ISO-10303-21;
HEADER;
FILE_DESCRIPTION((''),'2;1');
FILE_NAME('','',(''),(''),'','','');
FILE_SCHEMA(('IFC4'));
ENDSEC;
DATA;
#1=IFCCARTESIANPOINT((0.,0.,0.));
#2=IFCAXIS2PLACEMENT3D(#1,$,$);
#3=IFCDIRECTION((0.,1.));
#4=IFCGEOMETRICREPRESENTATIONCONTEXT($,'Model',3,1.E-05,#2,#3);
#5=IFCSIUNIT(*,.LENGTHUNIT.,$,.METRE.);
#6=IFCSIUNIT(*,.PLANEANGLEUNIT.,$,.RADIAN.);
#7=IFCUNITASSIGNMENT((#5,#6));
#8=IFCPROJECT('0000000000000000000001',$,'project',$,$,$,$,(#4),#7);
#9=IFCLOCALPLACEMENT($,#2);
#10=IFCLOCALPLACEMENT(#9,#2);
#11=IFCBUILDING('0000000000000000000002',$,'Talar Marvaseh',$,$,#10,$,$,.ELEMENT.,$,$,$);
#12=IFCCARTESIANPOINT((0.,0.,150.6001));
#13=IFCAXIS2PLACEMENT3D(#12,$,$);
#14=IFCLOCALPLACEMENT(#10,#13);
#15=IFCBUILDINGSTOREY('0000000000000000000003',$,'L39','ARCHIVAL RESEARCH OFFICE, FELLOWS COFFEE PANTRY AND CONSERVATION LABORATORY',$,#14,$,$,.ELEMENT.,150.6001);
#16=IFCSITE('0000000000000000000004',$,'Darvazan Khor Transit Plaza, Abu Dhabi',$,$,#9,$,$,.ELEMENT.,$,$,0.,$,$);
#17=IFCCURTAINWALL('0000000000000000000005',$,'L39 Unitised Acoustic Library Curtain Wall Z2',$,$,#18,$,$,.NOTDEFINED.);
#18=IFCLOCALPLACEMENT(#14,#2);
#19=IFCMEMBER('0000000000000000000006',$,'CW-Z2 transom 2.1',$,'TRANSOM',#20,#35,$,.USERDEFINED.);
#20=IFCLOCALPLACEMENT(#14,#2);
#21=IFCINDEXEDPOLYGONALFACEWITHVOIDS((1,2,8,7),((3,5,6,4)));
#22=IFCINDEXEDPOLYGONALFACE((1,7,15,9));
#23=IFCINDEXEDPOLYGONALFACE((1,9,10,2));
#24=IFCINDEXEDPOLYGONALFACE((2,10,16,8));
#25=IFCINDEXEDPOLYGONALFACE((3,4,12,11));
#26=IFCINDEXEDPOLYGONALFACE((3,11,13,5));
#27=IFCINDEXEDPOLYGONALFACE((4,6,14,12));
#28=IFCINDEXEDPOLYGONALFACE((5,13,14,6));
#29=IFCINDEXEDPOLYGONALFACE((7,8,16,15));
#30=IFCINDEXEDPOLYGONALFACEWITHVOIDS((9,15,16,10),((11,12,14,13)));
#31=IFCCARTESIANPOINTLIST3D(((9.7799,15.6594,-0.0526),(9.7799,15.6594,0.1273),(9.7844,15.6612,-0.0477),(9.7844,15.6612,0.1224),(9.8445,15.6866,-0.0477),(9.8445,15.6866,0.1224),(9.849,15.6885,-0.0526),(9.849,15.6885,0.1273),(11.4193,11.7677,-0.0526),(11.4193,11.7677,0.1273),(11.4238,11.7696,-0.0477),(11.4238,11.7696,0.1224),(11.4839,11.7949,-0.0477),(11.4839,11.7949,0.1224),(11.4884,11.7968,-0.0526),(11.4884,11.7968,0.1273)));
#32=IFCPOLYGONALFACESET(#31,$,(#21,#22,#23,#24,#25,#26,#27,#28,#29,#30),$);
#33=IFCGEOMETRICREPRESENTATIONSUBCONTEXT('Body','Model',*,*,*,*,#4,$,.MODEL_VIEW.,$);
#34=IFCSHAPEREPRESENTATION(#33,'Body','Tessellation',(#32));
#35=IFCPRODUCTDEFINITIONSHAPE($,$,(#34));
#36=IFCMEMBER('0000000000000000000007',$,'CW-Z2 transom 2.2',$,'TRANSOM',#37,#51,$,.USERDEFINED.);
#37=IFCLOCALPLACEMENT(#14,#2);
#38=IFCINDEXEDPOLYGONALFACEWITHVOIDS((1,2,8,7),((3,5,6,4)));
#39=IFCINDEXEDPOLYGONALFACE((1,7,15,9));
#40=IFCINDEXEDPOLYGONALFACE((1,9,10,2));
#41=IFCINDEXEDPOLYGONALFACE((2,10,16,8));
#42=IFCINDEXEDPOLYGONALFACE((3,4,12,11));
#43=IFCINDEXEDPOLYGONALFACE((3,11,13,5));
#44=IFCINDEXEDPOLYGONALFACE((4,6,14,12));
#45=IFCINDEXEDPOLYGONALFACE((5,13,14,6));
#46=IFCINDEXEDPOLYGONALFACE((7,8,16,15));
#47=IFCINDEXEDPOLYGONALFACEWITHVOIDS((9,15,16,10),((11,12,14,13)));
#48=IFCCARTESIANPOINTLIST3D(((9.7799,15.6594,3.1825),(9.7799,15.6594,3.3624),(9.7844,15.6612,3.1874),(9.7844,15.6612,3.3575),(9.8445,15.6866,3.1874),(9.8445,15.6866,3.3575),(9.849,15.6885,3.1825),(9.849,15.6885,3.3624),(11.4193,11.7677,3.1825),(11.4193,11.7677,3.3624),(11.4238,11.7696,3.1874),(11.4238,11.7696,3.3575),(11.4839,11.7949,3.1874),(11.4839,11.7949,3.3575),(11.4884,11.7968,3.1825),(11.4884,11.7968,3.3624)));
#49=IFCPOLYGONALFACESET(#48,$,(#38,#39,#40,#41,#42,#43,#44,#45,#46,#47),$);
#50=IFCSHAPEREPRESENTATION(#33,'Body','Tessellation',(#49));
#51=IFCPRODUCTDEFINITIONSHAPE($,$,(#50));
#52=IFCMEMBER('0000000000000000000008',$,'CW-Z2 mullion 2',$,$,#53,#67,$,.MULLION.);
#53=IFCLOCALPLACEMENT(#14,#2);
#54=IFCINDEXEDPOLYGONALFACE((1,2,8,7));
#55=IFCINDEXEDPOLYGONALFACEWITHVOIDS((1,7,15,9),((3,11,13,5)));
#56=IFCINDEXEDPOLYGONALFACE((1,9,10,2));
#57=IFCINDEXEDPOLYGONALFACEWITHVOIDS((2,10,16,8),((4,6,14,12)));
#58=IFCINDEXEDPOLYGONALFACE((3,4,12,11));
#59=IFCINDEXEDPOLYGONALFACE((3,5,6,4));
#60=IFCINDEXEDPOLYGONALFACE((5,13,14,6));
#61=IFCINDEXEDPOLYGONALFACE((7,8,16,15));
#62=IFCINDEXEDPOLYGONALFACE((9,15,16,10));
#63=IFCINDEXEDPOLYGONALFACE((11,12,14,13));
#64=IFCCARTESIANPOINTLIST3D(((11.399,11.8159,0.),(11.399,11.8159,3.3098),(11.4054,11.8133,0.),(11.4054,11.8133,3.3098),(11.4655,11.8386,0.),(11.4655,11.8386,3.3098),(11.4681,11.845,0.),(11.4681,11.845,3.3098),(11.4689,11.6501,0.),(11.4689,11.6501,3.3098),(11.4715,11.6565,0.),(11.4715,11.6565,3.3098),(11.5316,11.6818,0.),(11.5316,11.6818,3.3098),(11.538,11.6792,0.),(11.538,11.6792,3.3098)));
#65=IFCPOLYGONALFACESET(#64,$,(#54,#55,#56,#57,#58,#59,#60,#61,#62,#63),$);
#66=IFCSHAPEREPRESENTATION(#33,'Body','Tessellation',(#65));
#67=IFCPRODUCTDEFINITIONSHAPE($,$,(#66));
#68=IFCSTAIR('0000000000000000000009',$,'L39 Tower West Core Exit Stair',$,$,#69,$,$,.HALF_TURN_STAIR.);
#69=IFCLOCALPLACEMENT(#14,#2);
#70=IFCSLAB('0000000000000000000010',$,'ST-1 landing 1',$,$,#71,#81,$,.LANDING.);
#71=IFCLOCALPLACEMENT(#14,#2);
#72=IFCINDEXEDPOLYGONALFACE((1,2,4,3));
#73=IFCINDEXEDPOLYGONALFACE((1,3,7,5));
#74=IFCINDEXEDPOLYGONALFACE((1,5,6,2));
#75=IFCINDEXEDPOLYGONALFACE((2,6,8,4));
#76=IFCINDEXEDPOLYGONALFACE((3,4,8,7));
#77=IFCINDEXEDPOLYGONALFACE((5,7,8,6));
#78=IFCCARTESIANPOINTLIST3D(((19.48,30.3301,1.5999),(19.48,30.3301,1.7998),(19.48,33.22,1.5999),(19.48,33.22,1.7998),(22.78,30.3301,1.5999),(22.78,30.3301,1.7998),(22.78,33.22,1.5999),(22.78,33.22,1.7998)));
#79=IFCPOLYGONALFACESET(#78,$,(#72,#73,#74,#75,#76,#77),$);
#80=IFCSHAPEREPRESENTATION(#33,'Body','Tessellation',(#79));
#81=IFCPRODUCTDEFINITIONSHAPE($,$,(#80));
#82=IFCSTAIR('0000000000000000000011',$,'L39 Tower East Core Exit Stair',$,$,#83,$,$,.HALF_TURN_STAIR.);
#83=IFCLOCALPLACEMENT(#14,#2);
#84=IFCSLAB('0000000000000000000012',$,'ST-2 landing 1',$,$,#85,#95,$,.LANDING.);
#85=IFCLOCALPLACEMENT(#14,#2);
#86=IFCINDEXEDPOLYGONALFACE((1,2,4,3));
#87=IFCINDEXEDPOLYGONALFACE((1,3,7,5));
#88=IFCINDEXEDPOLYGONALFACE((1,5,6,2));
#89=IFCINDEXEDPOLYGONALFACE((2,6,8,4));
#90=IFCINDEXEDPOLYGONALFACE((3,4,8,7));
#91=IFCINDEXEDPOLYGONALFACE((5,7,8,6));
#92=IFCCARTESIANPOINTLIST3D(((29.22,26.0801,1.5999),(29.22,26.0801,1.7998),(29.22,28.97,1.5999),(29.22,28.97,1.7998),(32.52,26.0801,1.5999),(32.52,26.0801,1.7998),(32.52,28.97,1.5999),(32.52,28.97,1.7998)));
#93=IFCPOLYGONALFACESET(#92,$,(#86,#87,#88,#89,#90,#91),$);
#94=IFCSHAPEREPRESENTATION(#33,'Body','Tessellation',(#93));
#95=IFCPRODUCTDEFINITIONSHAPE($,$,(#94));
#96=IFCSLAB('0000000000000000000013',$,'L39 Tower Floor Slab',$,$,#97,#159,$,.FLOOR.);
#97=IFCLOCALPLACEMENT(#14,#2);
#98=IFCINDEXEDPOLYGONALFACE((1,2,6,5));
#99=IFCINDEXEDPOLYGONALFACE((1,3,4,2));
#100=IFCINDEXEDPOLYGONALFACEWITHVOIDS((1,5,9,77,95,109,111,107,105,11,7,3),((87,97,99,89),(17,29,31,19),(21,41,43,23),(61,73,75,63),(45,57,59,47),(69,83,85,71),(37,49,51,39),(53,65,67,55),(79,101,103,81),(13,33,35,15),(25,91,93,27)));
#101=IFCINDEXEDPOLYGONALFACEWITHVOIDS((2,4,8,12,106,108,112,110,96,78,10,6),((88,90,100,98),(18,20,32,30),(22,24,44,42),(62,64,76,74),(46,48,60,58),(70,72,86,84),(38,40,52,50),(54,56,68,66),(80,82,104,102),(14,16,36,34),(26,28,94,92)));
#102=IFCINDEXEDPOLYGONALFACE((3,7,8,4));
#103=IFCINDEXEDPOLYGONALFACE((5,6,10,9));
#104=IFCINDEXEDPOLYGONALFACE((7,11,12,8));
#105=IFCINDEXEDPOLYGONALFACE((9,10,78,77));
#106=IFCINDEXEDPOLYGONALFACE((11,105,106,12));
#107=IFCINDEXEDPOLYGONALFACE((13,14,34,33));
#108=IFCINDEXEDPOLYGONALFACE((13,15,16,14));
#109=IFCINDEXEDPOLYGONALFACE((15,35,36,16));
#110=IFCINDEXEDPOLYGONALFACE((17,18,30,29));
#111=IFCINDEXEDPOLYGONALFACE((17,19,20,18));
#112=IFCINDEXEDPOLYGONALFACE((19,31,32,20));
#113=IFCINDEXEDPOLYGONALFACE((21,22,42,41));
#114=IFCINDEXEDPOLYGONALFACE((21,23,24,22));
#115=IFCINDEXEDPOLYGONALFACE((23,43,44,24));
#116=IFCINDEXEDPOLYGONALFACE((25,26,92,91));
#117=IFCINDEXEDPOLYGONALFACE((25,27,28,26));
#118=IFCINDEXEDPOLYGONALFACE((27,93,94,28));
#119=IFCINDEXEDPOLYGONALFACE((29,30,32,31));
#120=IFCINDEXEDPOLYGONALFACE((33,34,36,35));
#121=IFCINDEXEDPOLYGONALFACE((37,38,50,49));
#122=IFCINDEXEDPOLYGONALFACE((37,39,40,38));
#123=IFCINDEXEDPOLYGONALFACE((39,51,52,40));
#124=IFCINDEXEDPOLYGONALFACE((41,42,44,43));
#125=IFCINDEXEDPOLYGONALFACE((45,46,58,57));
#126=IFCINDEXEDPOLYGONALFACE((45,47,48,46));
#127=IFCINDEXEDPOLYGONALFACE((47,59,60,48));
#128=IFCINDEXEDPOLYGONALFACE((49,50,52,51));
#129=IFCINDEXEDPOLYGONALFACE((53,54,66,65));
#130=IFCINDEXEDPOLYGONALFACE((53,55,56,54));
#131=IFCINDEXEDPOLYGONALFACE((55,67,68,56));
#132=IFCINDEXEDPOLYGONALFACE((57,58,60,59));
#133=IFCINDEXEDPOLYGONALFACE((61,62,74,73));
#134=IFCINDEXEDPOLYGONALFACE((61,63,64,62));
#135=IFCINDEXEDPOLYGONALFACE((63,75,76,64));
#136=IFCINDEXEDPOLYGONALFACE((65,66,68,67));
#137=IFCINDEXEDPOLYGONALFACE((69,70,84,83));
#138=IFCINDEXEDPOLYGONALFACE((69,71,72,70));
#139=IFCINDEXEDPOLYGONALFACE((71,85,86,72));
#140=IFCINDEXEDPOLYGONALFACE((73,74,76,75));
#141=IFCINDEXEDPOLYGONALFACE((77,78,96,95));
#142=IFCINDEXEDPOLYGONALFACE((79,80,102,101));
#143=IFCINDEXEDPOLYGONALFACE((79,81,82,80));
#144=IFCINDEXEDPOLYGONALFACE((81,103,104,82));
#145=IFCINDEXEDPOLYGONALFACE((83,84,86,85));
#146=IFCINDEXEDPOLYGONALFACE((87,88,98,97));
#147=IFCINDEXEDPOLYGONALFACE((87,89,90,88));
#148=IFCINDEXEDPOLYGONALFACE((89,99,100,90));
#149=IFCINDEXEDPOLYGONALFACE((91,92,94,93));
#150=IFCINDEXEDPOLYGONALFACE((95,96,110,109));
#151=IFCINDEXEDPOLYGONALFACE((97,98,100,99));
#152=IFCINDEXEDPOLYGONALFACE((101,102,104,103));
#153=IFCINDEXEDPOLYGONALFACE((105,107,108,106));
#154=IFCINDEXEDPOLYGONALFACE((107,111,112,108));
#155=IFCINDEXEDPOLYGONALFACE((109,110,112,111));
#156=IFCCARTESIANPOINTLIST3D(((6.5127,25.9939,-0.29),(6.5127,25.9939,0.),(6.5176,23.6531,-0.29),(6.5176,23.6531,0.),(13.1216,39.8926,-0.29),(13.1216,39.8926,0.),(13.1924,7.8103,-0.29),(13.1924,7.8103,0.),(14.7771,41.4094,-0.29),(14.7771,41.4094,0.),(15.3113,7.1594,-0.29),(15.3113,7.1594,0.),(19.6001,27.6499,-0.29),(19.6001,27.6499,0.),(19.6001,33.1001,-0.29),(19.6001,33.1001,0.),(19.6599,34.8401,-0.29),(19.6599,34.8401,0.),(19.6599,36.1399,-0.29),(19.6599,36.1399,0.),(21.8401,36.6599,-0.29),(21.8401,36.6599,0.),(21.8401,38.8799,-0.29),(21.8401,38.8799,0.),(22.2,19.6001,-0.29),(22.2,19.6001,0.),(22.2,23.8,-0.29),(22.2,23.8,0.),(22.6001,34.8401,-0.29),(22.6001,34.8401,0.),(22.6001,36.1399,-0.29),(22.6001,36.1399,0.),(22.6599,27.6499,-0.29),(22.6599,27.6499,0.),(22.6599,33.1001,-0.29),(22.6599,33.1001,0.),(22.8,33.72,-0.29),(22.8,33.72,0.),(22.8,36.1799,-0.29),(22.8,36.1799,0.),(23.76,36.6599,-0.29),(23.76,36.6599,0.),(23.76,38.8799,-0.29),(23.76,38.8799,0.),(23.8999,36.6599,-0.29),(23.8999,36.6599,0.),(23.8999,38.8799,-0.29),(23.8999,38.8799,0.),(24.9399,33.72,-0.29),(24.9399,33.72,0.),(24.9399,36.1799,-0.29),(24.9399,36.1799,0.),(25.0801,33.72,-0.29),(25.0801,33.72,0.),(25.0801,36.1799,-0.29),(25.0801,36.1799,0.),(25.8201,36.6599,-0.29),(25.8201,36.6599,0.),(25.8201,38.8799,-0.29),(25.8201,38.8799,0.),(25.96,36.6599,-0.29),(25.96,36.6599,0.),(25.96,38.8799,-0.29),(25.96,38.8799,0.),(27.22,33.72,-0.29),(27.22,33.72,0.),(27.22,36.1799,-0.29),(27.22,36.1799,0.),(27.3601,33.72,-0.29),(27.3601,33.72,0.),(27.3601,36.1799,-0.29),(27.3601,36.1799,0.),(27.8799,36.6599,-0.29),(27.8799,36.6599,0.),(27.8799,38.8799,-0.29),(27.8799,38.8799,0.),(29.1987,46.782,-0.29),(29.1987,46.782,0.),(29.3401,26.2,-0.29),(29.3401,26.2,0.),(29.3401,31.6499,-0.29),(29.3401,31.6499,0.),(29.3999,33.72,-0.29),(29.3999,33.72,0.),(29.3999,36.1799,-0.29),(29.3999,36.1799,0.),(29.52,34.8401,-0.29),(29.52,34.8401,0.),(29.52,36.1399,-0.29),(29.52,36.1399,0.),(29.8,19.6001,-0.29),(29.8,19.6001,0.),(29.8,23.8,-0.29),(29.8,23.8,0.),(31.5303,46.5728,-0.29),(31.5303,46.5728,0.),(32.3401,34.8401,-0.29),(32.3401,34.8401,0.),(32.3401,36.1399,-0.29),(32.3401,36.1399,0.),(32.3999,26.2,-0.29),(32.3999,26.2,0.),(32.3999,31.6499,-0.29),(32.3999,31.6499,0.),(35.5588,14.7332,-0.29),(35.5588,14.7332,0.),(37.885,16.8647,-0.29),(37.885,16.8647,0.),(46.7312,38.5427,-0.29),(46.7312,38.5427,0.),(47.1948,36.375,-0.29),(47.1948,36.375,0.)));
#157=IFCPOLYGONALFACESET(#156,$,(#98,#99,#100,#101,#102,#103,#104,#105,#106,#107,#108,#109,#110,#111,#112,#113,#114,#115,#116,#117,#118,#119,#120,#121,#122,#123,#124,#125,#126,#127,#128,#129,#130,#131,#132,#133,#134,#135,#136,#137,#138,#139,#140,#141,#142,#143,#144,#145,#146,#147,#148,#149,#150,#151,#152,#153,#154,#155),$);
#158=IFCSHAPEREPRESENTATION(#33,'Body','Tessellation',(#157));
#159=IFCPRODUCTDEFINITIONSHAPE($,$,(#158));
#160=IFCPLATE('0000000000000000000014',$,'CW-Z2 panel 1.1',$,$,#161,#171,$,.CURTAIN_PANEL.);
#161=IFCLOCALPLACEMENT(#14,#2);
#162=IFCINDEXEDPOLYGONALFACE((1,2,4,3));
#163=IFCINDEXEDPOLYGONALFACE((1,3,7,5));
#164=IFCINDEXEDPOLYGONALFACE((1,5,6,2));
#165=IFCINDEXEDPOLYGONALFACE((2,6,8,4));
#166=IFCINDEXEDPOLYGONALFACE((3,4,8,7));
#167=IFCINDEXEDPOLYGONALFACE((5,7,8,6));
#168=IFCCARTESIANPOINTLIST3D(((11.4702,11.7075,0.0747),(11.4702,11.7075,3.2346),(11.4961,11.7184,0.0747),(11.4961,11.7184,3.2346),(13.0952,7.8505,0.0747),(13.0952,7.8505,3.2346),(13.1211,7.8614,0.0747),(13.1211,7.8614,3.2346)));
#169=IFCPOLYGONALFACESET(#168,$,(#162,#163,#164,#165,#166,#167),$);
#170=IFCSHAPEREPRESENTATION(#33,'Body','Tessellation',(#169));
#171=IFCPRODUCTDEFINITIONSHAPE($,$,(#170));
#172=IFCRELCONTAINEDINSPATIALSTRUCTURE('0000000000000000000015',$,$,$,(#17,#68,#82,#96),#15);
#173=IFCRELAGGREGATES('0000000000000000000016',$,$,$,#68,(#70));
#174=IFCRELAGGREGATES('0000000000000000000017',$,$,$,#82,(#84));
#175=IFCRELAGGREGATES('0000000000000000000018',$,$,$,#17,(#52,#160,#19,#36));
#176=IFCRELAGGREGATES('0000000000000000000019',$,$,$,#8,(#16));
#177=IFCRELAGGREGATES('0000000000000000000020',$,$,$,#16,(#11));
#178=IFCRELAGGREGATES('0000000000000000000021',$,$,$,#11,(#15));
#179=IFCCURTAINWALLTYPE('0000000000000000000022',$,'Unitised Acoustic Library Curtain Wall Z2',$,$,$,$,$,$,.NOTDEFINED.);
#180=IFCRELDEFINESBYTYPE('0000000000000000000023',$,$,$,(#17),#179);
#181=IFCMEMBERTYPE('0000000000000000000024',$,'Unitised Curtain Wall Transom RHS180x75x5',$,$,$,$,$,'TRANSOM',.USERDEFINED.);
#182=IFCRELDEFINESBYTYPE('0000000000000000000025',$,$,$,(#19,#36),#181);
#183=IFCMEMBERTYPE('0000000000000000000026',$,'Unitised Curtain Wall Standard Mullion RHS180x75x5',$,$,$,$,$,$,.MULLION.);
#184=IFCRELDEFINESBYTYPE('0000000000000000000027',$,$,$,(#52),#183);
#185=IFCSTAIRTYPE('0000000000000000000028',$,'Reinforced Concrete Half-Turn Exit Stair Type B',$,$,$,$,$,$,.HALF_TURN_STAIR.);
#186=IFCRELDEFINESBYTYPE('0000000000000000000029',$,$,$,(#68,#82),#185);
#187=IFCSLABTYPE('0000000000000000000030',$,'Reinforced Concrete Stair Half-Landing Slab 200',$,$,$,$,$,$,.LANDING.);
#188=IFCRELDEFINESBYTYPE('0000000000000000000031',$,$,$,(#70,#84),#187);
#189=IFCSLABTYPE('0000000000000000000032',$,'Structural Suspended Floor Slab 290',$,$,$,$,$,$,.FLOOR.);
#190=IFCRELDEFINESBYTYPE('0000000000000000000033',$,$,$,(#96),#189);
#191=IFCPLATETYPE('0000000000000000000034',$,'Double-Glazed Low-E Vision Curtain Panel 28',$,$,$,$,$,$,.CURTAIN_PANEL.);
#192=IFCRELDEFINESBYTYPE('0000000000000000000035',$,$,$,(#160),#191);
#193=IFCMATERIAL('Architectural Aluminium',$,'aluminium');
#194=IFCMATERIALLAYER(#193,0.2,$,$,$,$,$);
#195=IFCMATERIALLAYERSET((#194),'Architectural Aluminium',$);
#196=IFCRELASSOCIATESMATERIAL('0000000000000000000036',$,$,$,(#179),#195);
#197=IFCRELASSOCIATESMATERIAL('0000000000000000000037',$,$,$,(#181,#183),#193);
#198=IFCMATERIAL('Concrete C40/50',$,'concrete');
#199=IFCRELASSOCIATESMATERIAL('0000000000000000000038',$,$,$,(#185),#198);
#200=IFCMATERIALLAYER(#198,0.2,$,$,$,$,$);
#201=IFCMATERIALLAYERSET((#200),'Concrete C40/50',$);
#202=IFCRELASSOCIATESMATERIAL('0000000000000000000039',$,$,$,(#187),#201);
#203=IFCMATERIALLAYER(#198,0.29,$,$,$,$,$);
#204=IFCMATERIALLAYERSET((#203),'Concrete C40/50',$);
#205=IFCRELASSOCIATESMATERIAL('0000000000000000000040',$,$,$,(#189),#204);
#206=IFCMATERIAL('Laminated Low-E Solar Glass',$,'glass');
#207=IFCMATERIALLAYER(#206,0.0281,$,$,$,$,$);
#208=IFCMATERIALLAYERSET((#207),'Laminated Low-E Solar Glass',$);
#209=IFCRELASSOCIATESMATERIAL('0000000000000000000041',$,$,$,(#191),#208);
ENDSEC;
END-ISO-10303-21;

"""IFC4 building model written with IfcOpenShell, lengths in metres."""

from ifc_helpers import new_model, si_unit, direction, frame, origin, origin_2d, place, context, subcontext, project, spatial, polyline, rectangle, hollow_rectangle, outline, extrude, source, transform, mapped, material, layer, layer_set, material_profile, profile_set, type_object, type_shapes, element, aggregate, save


model = new_model("IFC4")

# Units and contexts
model_context = context("Model", 3, precision=1e-05, world=origin(), true_north=direction((0.0, 1.0)))
body_context = subcontext(model_context, "Body", "Model", "MODEL_VIEW")
ifc_project = project(units=[si_unit("LENGTHUNIT", "METRE"), si_unit("PLANEANGLEUNIT", "RADIAN")], contexts=[model_context])

# Site, building, storey
site_placement = place(None, origin())
site = spatial("IfcSite", under=ifc_project, at=site_placement, Name="Darvazan Khor Transit Plaza, Abu Dhabi", CompositionType="ELEMENT", RefElevation=0.0)
building_placement = place(site_placement, origin())
building = spatial("IfcBuilding", under=site, at=building_placement, Name="Talar Marvaseh", CompositionType="ELEMENT")
storey_placement = place(building_placement, frame((0.0, 0.0, 150.6001)))
storey = spatial("IfcBuildingStorey", under=building, at=storey_placement, Name="L39", Description="ARCHIVAL RESEARCH OFFICE, FELLOWS COFFEE PANTRY AND CONSERVATION LABORATORY", CompositionType="ELEMENT", Elevation=150.6001)

# Curtain wall, members
ifc_material_1 = material(Name="Architectural Aluminium", Category="aluminium")
ifc_layer_1 = layer(ifc_material_1, 0.2)
ifc_layer_set_1 = layer_set([ifc_layer_1], Name="Architectural Aluminium")
curtain_wall_type = type_object("IfcCurtainWallType", Name="Unitised Acoustic Library Curtain Wall Z2", PredefinedType="NOTDEFINED", material=ifc_layer_set_1)
curtain_wall_placement = place(storey_placement, origin())
curtain_wall = element("IfcCurtainWall", 1, at=curtain_wall_placement, inside=storey, type_object=curtain_wall_type, Name="L39 Unitised Acoustic Library Curtain Wall Z2", PredefinedType="NOTDEFINED")
ifc_material_profile_1 = material_profile(ifc_material_1, hollow_rectangle(XDim=0.075, YDim=0.1799, WallThickness=0.0049, at=origin_2d()), Name="RHS180x75x5")
ifc_profile_set_1 = profile_set([ifc_material_profile_1], Name="Architectural Aluminium")
member_type_1 = type_object("IfcMemberType", Name="Unitised Curtain Wall Transom RHS180x75x5", ElementType="TRANSOM", PredefinedType="USERDEFINED", material=ifc_profile_set_1)
shared_shape_1 = source(origin(), body_context, "Body", "SweptSolid", [
    extrude(hollow_rectangle(XDim=0.075, YDim=0.1799, WallThickness=0.0049, at=origin_2d()), origin(), (0.0, 0.0, 1.0), 4.2229),
])
type_shapes(member_type_1, [shared_shape_1])
member_1_placement = place(storey_placement, frame((11.4539, 11.7822, 0.0374), z_axis=(-0.388225, 0.921565, 0.0), x_axis=(-0.921565, -0.388225, 0.0)))
member_1 = element("IfcMember", 2, at=member_1_placement, type_object=member_type_1, Name="CW-Z2 transom 2.1", ObjectType="TRANSOM", PredefinedType="USERDEFINED", context=body_context, shape_type="MappedRepresentation", body=[
    mapped(shared_shape_1, transform((0.0, 0.0, 0.0), x_axis=(1.0, 0.0, 0.0), y_axis=(0.0, 1.0, 0.0), z_axis=(0.0, 0.0, 1.0), scale=1.0)),
])
member_2_placement = place(storey_placement, frame((11.4539, 11.7822, 3.2725), z_axis=(-0.388225, 0.921565, 0.0), x_axis=(-0.921565, -0.388225, 0.0)))
member_2 = element("IfcMember", 3, at=member_2_placement, type_object=member_type_1, Name="CW-Z2 transom 2.2", ObjectType="TRANSOM", PredefinedType="USERDEFINED", context=body_context, shape_type="MappedRepresentation", body=[
    mapped(shared_shape_1, transform((0.0, 0.0, 0.0), x_axis=(1.0, 0.0, 0.0), y_axis=(0.0, 1.0, 0.0), z_axis=(0.0, 0.0, 1.0), scale=1.0)),
])
ifc_material_profile_2 = material_profile(ifc_material_1, hollow_rectangle(XDim=0.075, YDim=0.1799, WallThickness=0.0049, at=origin_2d()), Name="RHS180x75x5")
ifc_profile_set_2 = profile_set([ifc_material_profile_2], Name="Architectural Aluminium")
member_type_2 = type_object("IfcMemberType", Name="Unitised Curtain Wall Standard Mullion RHS180x75x5", PredefinedType="MULLION", material=ifc_profile_set_2)
shared_shape_2 = source(origin(), body_context, "Body", "SweptSolid", [
    extrude(hollow_rectangle(XDim=0.075, YDim=0.1799, WallThickness=0.0049, at=origin_2d()), origin(), (0.0, 0.0, 1.0), 3.3098),
])
type_shapes(member_type_2, [shared_shape_2])
member_3_placement = place(storey_placement, frame((11.4685, 11.7476, 0.0), z_axis=(0.0, 0.0, 1.0), x_axis=(-0.92155, -0.38826, 0.0)))
member_3 = element("IfcMember", 4, at=member_3_placement, type_object=member_type_2, Name="CW-Z2 mullion 2", PredefinedType="MULLION", context=body_context, shape_type="MappedRepresentation", body=[
    mapped(shared_shape_2, transform((0.0, 0.0, 0.0), x_axis=(1.0, 0.0, 0.0), y_axis=(0.0, 1.0, 0.0), z_axis=(0.0, 0.0, 1.0), scale=1.0)),
])

# Stairs, slabs
ifc_material_2 = material(Name="Concrete C40/50", Category="concrete")
stair_type = type_object("IfcStairType", Name="Reinforced Concrete Half-Turn Exit Stair Type B", PredefinedType="HALF_TURN_STAIR", material=ifc_material_2)
stair_1_placement = place(storey_placement, origin())
stair_1 = element("IfcStair", 5, at=stair_1_placement, inside=storey, type_object=stair_type, Name="L39 Tower West Core Exit Stair", PredefinedType="HALF_TURN_STAIR")
ifc_layer_2 = layer(ifc_material_2, 0.2)
ifc_layer_set_2 = layer_set([ifc_layer_2], Name="Concrete C40/50")
slab_type_1 = type_object("IfcSlabType", Name="Reinforced Concrete Stair Half-Landing Slab 200", PredefinedType="LANDING", material=ifc_layer_set_2)
slab_1_placement = place(storey_placement, frame((0.0, 0.0, 1.5999)))
slab_1 = element("IfcSlab", 6, at=slab_1_placement, type_object=slab_type_1, Name="ST-1 landing 1", PredefinedType="LANDING", context=body_context, shape_type="SweptSolid", body=[
    extrude(outline(polyline([(22.78, 30.3301), (22.78, 33.22), (19.48, 33.22), (19.48, 30.3301), (22.78, 30.3301)])), origin(), (0.0, 0.0, 1.0), 0.2),
])
aggregate(stair_1, [slab_1])
stair_2_placement = place(storey_placement, origin())
stair_2 = element("IfcStair", 7, at=stair_2_placement, inside=storey, type_object=stair_type, Name="L39 Tower East Core Exit Stair", PredefinedType="HALF_TURN_STAIR")
slab_2_placement = place(storey_placement, frame((0.0, 0.0, 1.5999)))
slab_2 = element("IfcSlab", 8, at=slab_2_placement, type_object=slab_type_1, Name="ST-2 landing 1", PredefinedType="LANDING", context=body_context, shape_type="SweptSolid", body=[
    extrude(outline(polyline([(29.22, 28.97), (29.22, 26.0801), (32.52, 26.0801), (32.52, 28.97), (29.22, 28.97)])), origin(), (0.0, 0.0, 1.0), 0.2),
])
aggregate(stair_2, [slab_2])

# Slab
ifc_layer_3 = layer(ifc_material_2, 0.29)
ifc_layer_set_3 = layer_set([ifc_layer_3], Name="Concrete C40/50")
slab_type_2 = type_object("IfcSlabType", Name="Structural Suspended Floor Slab 290", PredefinedType="FLOOR", material=ifc_layer_set_3)
slab_3_placement = place(storey_placement, frame((0.0, 0.0, -0.29)))
element("IfcSlab", 9, at=slab_3_placement, inside=storey, type_object=slab_type_2, Name="L39 Tower Floor Slab", PredefinedType="FLOOR", context=body_context, shape_type="SweptSolid", body=[
    extrude(outline(polyline([(15.3113, 7.1594), (13.1924, 7.8103), (6.5176, 23.6531), (6.5127, 25.9939), (13.1216, 39.8926), (14.7771, 41.4094), (29.1987, 46.782), (31.5303, 46.5728), (46.7312, 38.5427), (47.1948, 36.375), (37.885, 16.8647), (35.5588, 14.7332), (15.3113, 7.1594)]), holes=[polyline([(22.6599, 27.6499), (22.6599, 33.1001), (19.6001, 33.1001), (19.6001, 27.6499), (22.6599, 27.6499)]), polyline([(29.3401, 31.6499), (29.3401, 26.2), (32.3999, 26.2), (32.3999, 31.6499), (29.3401, 31.6499)]), polyline([(22.8, 33.72), (24.9399, 33.72), (24.9399, 36.1799), (22.8, 36.1799), (22.8, 33.72)]), polyline([(25.0801, 33.72), (27.22, 33.72), (27.22, 36.1799), (25.0801, 36.1799), (25.0801, 33.72)]), polyline([(27.3601, 33.72), (29.3999, 33.72), (29.3999, 36.1799), (27.3601, 36.1799), (27.3601, 33.72)]), polyline([(21.8401, 36.6599), (23.76, 36.6599), (23.76, 38.8799), (21.8401, 38.8799), (21.8401, 36.6599)]), polyline([(23.8999, 36.6599), (25.8201, 36.6599), (25.8201, 38.8799), (23.8999, 38.8799), (23.8999, 36.6599)]), polyline([(25.96, 36.6599), (27.8799, 36.6599), (27.8799, 38.8799), (25.96, 38.8799), (25.96, 36.6599)]), polyline([(19.6599, 34.8401), (22.6001, 34.8401), (22.6001, 36.1399), (19.6599, 36.1399), (19.6599, 34.8401)]), polyline([(29.52, 34.8401), (32.3401, 34.8401), (32.3401, 36.1399), (29.52, 36.1399), (29.52, 34.8401)]), polyline([(22.2, 19.6001), (29.8, 19.6001), (29.8, 23.8), (22.2, 23.8), (22.2, 19.6001)])]), origin(), (0.0, 0.0, 1.0), 0.29),
])

# Plate
ifc_material_3 = material(Name="Laminated Low-E Solar Glass", Category="glass")
ifc_layer_4 = layer(ifc_material_3, 0.0281)
ifc_layer_set_4 = layer_set([ifc_layer_4], Name="Laminated Low-E Solar Glass")
plate_type = type_object("IfcPlateType", Name="Double-Glazed Low-E Vision Curtain Panel 28", PredefinedType="CURTAIN_PANEL", material=ifc_layer_set_4)
shared_shape_3 = source(origin(), body_context, "Body", "SweptSolid", [
    extrude(rectangle(XDim=4.1853, YDim=0.0281, at=origin_2d()), origin(), (0.0, 0.0, 1.0), 3.1599),
])
type_shapes(plate_type, [shared_shape_3])
plate_placement = place(storey_placement, frame((12.2957, 9.7844, 0.0747), z_axis=(0.0, 0.0, 1.0), x_axis=(-0.38826, 0.92155, 0.0)))
plate = element("IfcPlate", 10, at=plate_placement, type_object=plate_type, Name="CW-Z2 panel 1.1", PredefinedType="CURTAIN_PANEL", context=body_context, shape_type="MappedRepresentation", body=[
    mapped(shared_shape_3, transform((0.0, 0.0, 0.0), x_axis=(1.0, 0.0, 0.0), y_axis=(0.0, 1.0, 0.0), z_axis=(0.0, 0.0, 1.0), scale=1.0)),
])
aggregate(curtain_wall, [member_3, plate, member_1, member_2])

save(model, "model.ifc")
